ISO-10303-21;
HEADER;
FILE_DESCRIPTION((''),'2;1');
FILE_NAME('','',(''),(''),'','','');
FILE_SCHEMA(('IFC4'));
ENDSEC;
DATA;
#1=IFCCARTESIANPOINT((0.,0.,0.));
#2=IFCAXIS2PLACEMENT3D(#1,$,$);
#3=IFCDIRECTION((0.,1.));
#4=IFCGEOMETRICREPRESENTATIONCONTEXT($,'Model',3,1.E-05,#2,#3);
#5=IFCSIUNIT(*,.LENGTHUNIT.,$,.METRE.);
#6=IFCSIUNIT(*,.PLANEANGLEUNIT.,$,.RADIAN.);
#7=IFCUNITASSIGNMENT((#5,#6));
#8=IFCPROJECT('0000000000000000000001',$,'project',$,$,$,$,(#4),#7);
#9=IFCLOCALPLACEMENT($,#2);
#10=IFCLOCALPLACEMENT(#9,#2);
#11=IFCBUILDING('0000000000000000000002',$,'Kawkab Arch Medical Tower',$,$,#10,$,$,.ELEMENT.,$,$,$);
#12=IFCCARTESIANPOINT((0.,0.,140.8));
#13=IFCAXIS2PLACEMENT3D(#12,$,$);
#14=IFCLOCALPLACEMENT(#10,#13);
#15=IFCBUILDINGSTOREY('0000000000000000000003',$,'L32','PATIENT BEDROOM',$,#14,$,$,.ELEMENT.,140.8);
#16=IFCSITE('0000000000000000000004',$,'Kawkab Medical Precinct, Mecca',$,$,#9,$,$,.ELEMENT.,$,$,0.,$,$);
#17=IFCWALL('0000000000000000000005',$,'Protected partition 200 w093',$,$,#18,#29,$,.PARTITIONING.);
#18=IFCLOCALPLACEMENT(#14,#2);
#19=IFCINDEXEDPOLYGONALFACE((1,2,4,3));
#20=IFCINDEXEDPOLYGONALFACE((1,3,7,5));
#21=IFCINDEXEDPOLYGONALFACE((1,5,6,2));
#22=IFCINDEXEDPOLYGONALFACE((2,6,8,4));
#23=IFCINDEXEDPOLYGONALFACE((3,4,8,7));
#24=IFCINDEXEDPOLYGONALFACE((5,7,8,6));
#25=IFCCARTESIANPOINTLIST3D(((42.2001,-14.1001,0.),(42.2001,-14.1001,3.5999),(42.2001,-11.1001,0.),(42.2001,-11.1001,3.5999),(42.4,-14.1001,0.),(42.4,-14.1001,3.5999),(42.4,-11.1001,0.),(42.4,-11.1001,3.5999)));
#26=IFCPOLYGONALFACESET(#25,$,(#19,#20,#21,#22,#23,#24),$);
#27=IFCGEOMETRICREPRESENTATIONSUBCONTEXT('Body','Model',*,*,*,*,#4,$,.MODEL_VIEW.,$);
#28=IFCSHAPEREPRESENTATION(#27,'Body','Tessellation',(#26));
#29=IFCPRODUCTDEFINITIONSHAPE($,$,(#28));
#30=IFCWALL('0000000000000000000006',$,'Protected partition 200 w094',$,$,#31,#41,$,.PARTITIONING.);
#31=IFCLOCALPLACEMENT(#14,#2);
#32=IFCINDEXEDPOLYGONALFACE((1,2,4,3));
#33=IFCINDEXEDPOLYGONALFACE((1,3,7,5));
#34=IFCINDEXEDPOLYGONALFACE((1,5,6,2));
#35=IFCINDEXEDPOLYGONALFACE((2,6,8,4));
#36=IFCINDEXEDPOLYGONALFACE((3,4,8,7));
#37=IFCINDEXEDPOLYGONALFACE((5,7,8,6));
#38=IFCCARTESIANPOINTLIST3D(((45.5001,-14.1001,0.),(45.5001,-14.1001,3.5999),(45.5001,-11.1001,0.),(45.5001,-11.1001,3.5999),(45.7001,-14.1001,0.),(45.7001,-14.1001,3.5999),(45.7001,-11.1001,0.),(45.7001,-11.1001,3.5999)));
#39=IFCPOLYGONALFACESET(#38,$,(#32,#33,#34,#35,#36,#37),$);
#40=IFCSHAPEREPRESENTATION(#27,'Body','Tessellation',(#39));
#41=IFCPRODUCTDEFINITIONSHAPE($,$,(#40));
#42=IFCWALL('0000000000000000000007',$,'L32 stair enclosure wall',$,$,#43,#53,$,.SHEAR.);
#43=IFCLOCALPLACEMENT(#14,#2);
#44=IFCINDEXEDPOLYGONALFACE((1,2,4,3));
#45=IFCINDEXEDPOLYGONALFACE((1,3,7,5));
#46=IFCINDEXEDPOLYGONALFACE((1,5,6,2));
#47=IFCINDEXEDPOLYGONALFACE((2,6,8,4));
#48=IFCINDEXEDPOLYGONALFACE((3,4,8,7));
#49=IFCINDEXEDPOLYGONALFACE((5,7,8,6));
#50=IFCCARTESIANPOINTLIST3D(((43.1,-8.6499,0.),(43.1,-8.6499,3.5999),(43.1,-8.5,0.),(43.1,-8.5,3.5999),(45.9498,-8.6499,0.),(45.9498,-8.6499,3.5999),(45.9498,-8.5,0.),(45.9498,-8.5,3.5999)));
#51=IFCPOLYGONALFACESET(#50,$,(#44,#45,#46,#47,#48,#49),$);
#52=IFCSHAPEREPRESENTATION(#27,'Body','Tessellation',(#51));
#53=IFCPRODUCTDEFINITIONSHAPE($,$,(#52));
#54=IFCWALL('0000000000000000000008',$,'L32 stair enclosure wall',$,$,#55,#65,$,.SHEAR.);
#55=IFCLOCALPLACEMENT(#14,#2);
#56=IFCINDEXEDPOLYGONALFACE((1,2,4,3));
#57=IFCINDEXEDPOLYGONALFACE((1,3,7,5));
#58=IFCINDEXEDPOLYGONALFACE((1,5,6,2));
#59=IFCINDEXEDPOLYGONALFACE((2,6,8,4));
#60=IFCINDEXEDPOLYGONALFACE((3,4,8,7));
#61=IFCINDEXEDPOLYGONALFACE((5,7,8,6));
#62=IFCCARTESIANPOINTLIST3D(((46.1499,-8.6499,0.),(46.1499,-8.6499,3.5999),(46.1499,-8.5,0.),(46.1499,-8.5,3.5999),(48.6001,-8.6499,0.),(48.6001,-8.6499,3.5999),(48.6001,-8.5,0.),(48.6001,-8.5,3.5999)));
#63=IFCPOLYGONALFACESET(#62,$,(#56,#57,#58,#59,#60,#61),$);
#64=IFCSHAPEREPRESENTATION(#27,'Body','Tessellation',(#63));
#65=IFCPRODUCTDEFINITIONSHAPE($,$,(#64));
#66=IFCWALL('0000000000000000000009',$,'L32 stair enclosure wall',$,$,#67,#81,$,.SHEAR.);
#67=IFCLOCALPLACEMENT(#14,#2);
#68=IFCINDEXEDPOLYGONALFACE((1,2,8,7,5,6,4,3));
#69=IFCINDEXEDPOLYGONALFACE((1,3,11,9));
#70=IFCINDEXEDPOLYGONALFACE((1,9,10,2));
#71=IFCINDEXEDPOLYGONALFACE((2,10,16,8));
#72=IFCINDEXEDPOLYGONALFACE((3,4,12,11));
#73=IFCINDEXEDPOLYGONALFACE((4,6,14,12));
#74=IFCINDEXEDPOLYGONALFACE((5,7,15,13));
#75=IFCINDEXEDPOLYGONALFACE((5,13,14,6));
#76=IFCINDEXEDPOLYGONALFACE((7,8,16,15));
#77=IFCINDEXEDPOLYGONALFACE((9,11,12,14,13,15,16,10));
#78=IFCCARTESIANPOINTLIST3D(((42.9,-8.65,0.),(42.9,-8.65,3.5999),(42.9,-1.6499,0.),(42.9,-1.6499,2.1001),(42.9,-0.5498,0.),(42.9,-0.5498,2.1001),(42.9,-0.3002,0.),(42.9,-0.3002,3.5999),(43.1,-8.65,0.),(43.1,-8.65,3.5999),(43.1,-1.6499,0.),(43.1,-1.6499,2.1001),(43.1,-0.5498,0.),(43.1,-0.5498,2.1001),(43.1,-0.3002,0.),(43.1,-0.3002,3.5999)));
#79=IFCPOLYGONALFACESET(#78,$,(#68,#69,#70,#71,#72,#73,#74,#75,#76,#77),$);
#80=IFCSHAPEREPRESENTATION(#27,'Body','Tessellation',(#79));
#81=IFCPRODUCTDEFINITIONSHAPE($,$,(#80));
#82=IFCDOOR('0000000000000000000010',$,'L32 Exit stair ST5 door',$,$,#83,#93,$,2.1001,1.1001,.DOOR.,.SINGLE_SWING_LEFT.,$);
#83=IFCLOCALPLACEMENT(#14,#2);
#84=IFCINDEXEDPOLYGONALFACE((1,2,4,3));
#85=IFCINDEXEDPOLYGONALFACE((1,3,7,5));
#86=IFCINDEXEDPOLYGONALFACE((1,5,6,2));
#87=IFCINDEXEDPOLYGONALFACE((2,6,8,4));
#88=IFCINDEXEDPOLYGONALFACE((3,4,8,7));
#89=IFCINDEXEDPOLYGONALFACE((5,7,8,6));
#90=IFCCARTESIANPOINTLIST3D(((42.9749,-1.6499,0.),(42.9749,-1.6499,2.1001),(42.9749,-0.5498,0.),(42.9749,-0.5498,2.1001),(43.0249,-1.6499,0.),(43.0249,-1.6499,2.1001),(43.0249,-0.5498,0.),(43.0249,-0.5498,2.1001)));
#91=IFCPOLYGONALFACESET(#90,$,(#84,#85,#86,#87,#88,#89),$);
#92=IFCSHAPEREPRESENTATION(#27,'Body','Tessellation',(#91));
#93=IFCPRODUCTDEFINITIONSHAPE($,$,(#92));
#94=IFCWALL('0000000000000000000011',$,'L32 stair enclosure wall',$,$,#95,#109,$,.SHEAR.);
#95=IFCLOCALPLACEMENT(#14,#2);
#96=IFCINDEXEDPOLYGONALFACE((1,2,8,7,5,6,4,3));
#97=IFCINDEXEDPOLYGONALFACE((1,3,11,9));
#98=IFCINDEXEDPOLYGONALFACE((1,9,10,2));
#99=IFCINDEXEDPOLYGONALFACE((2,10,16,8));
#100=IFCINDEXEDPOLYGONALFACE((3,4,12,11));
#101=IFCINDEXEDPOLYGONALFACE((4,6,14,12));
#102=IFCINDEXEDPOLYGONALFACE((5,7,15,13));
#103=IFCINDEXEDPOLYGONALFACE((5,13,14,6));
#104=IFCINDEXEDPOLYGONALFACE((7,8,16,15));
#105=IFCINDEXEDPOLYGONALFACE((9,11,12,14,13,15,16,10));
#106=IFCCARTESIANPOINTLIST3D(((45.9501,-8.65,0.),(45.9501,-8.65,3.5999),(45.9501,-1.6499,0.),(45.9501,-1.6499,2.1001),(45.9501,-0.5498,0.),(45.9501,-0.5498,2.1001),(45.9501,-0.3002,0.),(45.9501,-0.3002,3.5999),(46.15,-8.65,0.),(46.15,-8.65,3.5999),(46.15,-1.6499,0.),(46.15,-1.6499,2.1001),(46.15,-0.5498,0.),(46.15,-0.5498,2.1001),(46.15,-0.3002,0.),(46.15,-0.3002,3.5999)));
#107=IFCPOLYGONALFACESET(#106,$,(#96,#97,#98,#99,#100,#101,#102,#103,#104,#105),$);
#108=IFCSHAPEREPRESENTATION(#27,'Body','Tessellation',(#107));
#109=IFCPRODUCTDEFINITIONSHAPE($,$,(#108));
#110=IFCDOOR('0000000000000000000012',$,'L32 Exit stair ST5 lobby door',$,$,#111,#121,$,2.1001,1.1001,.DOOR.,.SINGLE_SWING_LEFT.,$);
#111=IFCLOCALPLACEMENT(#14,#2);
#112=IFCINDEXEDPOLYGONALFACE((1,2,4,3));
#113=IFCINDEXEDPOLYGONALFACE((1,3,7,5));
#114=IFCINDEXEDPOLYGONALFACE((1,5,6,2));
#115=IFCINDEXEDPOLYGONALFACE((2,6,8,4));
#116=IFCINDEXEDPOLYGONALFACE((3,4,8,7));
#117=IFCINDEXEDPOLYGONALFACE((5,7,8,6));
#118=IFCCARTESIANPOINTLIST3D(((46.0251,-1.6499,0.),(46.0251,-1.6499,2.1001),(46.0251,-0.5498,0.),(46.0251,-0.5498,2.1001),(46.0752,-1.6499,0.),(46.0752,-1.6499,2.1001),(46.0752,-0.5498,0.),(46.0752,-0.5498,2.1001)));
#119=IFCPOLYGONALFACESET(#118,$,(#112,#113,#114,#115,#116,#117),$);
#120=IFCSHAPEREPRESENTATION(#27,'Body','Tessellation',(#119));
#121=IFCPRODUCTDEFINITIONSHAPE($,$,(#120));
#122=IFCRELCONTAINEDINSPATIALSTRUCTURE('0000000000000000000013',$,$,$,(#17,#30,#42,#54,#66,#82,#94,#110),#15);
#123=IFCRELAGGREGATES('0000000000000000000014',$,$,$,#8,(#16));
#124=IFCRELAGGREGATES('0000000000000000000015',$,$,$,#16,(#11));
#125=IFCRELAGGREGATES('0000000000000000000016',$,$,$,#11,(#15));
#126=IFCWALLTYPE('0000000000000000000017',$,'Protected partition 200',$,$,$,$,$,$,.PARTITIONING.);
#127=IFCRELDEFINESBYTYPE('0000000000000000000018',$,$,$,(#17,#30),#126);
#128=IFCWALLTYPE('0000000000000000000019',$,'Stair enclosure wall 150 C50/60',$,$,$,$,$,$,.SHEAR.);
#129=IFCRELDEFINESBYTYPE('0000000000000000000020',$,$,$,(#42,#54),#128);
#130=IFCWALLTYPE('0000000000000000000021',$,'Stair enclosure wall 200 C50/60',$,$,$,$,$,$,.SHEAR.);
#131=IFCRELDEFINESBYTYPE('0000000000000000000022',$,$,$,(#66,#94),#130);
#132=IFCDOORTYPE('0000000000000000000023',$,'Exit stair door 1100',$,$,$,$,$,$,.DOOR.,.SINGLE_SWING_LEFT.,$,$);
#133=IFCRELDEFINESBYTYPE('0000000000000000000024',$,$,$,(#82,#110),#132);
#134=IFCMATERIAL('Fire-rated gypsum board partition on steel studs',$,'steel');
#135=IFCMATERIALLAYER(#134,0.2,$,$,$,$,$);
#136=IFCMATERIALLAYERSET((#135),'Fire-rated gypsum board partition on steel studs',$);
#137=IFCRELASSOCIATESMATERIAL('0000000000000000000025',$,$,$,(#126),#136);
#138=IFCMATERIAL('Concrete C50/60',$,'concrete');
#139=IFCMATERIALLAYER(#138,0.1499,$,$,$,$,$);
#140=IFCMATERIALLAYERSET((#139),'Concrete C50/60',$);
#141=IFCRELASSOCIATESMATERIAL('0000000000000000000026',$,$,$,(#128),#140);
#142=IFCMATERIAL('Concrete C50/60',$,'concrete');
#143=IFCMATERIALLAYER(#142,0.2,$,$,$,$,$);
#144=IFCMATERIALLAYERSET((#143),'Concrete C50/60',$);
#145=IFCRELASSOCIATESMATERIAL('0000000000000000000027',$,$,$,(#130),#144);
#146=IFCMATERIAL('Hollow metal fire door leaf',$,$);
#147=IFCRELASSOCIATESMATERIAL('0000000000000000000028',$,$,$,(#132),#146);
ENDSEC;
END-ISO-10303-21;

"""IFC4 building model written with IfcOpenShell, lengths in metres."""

from ifc_helpers import new_model, si_unit, direction, frame, frame_2d, origin, place, context, subcontext, project, spatial, rectangle, extrude, material, layer, layer_set, type_object, element, fill, save


model = new_model("IFC4")

# Units and contexts
model_context = context("Model", 3, precision=1e-05, world=origin(), true_north=direction((0.0, 1.0)))
body_context = subcontext(model_context, "Body", "Model", "MODEL_VIEW")
ifc_project = project(units=[si_unit("LENGTHUNIT", "METRE"), si_unit("PLANEANGLEUNIT", "RADIAN")], contexts=[model_context])

# Site, building, storey
site_placement = place(None, origin())
site = spatial("IfcSite", under=ifc_project, at=site_placement, Name="Kawkab Medical Precinct, Mecca", CompositionType="ELEMENT", RefElevation=0.0)
building_placement = place(site_placement, origin())
building = spatial("IfcBuilding", under=site, at=building_placement, Name="Kawkab Arch Medical Tower", CompositionType="ELEMENT")
storey_placement = place(building_placement, frame((0.0, 0.0, 140.8)))
storey = spatial("IfcBuildingStorey", under=building, at=storey_placement, Name="L32", Description="PATIENT BEDROOM", CompositionType="ELEMENT", Elevation=140.8)

# Shared definitions
ifc_material_1 = material(Name="Fire-rated gypsum board partition on steel studs", Category="steel")
ifc_layer_1 = layer(ifc_material_1, 0.2)
ifc_layer_set_1 = layer_set([ifc_layer_1], Name="Fire-rated gypsum board partition on steel studs")
wall_type_1 = type_object("IfcWallType", Name="Protected partition 200", PredefinedType="PARTITIONING", material=ifc_layer_set_1)

# Walls
for number, where, z_axis, x_axis, name in (
    (1, (42.3, -14.1001, 0.0), (0.0, 0.0, 1.0), (0.0, 1.0, 0.0), "Protected partition 200 w093"),
    (2, (45.6001, -14.1001, 0.0), (0.0, 0.0, 1.0), (0.0, 1.0, 0.0), "Protected partition 200 w094"),
):
    element("IfcWall", number, at=place(storey_placement, frame(where, z_axis=z_axis, x_axis=x_axis)), inside=storey, type_object=wall_type_1, Name=name, PredefinedType="PARTITIONING", context=body_context, shape_type="SweptSolid", body=[
        extrude(rectangle(XDim=3.0, YDim=0.2, at=frame_2d((1.5, 0.0))), origin(), (0.0, 0.0, 1.0), 3.5999),
    ])
ifc_material_2 = material(Name="Concrete C50/60", Category="concrete")
ifc_layer_2 = layer(ifc_material_2, 0.1499)
ifc_layer_set_2 = layer_set([ifc_layer_2], Name="Concrete C50/60")
wall_type_2 = type_object("IfcWallType", Name="Stair enclosure wall 150 C50/60", PredefinedType="SHEAR", material=ifc_layer_set_2)
wall_1_placement = place(storey_placement, frame((43.1001, -8.575, 0.0), z_axis=(0.0, 0.0, 1.0), x_axis=(1.0, 0.0, 0.0)))
element("IfcWall", 3, at=wall_1_placement, inside=storey, type_object=wall_type_2, Name="L32 stair enclosure wall", PredefinedType="SHEAR", context=body_context, shape_type="SweptSolid", body=[
    extrude(rectangle(XDim=2.8499, YDim=0.1499, at=frame_2d((1.4248, 0.0))), origin(), (0.0, 0.0, 1.0), 3.5999),
])
wall_2_placement = place(storey_placement, frame((46.1499, -8.575, 0.0), z_axis=(0.0, 0.0, 1.0), x_axis=(1.0, 0.0, 0.0)))
element("IfcWall", 4, at=wall_2_placement, inside=storey, type_object=wall_type_2, Name="L32 stair enclosure wall", PredefinedType="SHEAR", context=body_context, shape_type="SweptSolid", body=[
    extrude(rectangle(XDim=2.4502, YDim=0.1499, at=frame_2d((1.2251, 0.0))), origin(), (0.0, 0.0, 1.0), 3.5999),
])

# Walls, openings, doors
ifc_material_3 = material(Name="Concrete C50/60", Category="concrete")
ifc_layer_3 = layer(ifc_material_3, 0.2)
ifc_layer_set_3 = layer_set([ifc_layer_3], Name="Concrete C50/60")
wall_type_3 = type_object("IfcWallType", Name="Stair enclosure wall 200 C50/60", PredefinedType="SHEAR", material=ifc_layer_set_3)
wall_3_placement = place(storey_placement, frame((43.0, -8.6499, 0.0), z_axis=(0.0, 0.0, 1.0), x_axis=(0.0, 1.0, 0.0)))
wall_3 = element("IfcWall", 5, at=wall_3_placement, inside=storey, type_object=wall_type_3, Name="L32 stair enclosure wall", PredefinedType="SHEAR", context=body_context, shape_type="SweptSolid", body=[
    extrude(rectangle(XDim=8.3499, YDim=0.2, at=frame_2d((4.1748, 0.0))), origin(), (0.0, 0.0, 1.0), 3.5999),
])
opening_1_placement = place(wall_3_placement, frame((7.0, 0.0, 0.0)))
opening_1 = element("IfcOpeningElement", 6, at=opening_1_placement, cuts=wall_3, PredefinedType="OPENING", context=body_context, shape_type="SweptSolid", body=[
    extrude(rectangle(XDim=1.1001, YDim=2.1001, at=frame_2d((0.55, 1.05))), frame((0.0, 0.1099, 0.0), z_axis=(0.0, -1.0, 0.0), x_axis=(1.0, 0.0, 0.0)), (0.0, 0.0, 1.0), 0.22),
])
ifc_material_4 = material(Name="Hollow metal fire door leaf")
door_type_1 = type_object("IfcDoorType", Name="Exit stair door 1100", OperationType="SINGLE_SWING_LEFT", PredefinedType="DOOR", material=ifc_material_4)
door_1_placement = place(opening_1_placement, frame((1.1001, 0.0, 0.0), z_axis=(0.0, 0.0, 1.0), x_axis=(-1.0, 0.0, 0.0)))
door_1 = element("IfcDoor", 7, at=door_1_placement, inside=storey, type_object=door_type_1, Name="L32 Exit stair ST5 door", OperationType="SINGLE_SWING_LEFT", OverallHeight=2.1001, OverallWidth=1.1001, PredefinedType="DOOR", context=body_context, shape_type="SweptSolid", body=[
    extrude(rectangle(XDim=1.1001, YDim=2.1001, at=frame_2d((0.55, 1.05))), frame((0.0, 0.0249, 0.0), z_axis=(0.0, -1.0, 0.0), x_axis=(1.0, 0.0, 0.0)), (0.0, 0.0, 1.0), 0.05),
])
fill(opening_1, door_1)
wall_4_placement = place(storey_placement, frame((46.05, -8.6499, 0.0), z_axis=(0.0, 0.0, 1.0), x_axis=(0.0, 1.0, 0.0)))
wall_4 = element("IfcWall", 8, at=wall_4_placement, inside=storey, type_object=wall_type_3, Name="L32 stair enclosure wall", PredefinedType="SHEAR", context=body_context, shape_type="SweptSolid", body=[
    extrude(rectangle(XDim=8.3499, YDim=0.2, at=frame_2d((4.1748, 0.0))), origin(), (0.0, 0.0, 1.0), 3.5999),
])
opening_2_placement = place(wall_4_placement, frame((7.0, 0.0, 0.0)))
opening_2 = element("IfcOpeningElement", 9, at=opening_2_placement, cuts=wall_4, PredefinedType="OPENING", context=body_context, shape_type="SweptSolid", body=[
    extrude(rectangle(XDim=1.1001, YDim=2.1001, at=frame_2d((0.55, 1.05))), frame((0.0, 0.1099, 0.0), z_axis=(0.0, -1.0, 0.0), x_axis=(1.0, 0.0, 0.0)), (0.0, 0.0, 1.0), 0.22),
])
door_2_placement = place(opening_2_placement, origin())
door_2 = element("IfcDoor", 10, at=door_2_placement, inside=storey, type_object=door_type_1, Name="L32 Exit stair ST5 lobby door", OperationType="SINGLE_SWING_LEFT", OverallHeight=2.1001, OverallWidth=1.1001, PredefinedType="DOOR", context=body_context, shape_type="SweptSolid", body=[
    extrude(rectangle(XDim=1.1001, YDim=2.1001, at=frame_2d((0.55, 1.05))), frame((0.0, 0.0249, 0.0), z_axis=(0.0, -1.0, 0.0), x_axis=(1.0, 0.0, 0.0)), (0.0, 0.0, 1.0), 0.05),
])
fill(opening_2, door_2)

save(model, "model.ifc")
